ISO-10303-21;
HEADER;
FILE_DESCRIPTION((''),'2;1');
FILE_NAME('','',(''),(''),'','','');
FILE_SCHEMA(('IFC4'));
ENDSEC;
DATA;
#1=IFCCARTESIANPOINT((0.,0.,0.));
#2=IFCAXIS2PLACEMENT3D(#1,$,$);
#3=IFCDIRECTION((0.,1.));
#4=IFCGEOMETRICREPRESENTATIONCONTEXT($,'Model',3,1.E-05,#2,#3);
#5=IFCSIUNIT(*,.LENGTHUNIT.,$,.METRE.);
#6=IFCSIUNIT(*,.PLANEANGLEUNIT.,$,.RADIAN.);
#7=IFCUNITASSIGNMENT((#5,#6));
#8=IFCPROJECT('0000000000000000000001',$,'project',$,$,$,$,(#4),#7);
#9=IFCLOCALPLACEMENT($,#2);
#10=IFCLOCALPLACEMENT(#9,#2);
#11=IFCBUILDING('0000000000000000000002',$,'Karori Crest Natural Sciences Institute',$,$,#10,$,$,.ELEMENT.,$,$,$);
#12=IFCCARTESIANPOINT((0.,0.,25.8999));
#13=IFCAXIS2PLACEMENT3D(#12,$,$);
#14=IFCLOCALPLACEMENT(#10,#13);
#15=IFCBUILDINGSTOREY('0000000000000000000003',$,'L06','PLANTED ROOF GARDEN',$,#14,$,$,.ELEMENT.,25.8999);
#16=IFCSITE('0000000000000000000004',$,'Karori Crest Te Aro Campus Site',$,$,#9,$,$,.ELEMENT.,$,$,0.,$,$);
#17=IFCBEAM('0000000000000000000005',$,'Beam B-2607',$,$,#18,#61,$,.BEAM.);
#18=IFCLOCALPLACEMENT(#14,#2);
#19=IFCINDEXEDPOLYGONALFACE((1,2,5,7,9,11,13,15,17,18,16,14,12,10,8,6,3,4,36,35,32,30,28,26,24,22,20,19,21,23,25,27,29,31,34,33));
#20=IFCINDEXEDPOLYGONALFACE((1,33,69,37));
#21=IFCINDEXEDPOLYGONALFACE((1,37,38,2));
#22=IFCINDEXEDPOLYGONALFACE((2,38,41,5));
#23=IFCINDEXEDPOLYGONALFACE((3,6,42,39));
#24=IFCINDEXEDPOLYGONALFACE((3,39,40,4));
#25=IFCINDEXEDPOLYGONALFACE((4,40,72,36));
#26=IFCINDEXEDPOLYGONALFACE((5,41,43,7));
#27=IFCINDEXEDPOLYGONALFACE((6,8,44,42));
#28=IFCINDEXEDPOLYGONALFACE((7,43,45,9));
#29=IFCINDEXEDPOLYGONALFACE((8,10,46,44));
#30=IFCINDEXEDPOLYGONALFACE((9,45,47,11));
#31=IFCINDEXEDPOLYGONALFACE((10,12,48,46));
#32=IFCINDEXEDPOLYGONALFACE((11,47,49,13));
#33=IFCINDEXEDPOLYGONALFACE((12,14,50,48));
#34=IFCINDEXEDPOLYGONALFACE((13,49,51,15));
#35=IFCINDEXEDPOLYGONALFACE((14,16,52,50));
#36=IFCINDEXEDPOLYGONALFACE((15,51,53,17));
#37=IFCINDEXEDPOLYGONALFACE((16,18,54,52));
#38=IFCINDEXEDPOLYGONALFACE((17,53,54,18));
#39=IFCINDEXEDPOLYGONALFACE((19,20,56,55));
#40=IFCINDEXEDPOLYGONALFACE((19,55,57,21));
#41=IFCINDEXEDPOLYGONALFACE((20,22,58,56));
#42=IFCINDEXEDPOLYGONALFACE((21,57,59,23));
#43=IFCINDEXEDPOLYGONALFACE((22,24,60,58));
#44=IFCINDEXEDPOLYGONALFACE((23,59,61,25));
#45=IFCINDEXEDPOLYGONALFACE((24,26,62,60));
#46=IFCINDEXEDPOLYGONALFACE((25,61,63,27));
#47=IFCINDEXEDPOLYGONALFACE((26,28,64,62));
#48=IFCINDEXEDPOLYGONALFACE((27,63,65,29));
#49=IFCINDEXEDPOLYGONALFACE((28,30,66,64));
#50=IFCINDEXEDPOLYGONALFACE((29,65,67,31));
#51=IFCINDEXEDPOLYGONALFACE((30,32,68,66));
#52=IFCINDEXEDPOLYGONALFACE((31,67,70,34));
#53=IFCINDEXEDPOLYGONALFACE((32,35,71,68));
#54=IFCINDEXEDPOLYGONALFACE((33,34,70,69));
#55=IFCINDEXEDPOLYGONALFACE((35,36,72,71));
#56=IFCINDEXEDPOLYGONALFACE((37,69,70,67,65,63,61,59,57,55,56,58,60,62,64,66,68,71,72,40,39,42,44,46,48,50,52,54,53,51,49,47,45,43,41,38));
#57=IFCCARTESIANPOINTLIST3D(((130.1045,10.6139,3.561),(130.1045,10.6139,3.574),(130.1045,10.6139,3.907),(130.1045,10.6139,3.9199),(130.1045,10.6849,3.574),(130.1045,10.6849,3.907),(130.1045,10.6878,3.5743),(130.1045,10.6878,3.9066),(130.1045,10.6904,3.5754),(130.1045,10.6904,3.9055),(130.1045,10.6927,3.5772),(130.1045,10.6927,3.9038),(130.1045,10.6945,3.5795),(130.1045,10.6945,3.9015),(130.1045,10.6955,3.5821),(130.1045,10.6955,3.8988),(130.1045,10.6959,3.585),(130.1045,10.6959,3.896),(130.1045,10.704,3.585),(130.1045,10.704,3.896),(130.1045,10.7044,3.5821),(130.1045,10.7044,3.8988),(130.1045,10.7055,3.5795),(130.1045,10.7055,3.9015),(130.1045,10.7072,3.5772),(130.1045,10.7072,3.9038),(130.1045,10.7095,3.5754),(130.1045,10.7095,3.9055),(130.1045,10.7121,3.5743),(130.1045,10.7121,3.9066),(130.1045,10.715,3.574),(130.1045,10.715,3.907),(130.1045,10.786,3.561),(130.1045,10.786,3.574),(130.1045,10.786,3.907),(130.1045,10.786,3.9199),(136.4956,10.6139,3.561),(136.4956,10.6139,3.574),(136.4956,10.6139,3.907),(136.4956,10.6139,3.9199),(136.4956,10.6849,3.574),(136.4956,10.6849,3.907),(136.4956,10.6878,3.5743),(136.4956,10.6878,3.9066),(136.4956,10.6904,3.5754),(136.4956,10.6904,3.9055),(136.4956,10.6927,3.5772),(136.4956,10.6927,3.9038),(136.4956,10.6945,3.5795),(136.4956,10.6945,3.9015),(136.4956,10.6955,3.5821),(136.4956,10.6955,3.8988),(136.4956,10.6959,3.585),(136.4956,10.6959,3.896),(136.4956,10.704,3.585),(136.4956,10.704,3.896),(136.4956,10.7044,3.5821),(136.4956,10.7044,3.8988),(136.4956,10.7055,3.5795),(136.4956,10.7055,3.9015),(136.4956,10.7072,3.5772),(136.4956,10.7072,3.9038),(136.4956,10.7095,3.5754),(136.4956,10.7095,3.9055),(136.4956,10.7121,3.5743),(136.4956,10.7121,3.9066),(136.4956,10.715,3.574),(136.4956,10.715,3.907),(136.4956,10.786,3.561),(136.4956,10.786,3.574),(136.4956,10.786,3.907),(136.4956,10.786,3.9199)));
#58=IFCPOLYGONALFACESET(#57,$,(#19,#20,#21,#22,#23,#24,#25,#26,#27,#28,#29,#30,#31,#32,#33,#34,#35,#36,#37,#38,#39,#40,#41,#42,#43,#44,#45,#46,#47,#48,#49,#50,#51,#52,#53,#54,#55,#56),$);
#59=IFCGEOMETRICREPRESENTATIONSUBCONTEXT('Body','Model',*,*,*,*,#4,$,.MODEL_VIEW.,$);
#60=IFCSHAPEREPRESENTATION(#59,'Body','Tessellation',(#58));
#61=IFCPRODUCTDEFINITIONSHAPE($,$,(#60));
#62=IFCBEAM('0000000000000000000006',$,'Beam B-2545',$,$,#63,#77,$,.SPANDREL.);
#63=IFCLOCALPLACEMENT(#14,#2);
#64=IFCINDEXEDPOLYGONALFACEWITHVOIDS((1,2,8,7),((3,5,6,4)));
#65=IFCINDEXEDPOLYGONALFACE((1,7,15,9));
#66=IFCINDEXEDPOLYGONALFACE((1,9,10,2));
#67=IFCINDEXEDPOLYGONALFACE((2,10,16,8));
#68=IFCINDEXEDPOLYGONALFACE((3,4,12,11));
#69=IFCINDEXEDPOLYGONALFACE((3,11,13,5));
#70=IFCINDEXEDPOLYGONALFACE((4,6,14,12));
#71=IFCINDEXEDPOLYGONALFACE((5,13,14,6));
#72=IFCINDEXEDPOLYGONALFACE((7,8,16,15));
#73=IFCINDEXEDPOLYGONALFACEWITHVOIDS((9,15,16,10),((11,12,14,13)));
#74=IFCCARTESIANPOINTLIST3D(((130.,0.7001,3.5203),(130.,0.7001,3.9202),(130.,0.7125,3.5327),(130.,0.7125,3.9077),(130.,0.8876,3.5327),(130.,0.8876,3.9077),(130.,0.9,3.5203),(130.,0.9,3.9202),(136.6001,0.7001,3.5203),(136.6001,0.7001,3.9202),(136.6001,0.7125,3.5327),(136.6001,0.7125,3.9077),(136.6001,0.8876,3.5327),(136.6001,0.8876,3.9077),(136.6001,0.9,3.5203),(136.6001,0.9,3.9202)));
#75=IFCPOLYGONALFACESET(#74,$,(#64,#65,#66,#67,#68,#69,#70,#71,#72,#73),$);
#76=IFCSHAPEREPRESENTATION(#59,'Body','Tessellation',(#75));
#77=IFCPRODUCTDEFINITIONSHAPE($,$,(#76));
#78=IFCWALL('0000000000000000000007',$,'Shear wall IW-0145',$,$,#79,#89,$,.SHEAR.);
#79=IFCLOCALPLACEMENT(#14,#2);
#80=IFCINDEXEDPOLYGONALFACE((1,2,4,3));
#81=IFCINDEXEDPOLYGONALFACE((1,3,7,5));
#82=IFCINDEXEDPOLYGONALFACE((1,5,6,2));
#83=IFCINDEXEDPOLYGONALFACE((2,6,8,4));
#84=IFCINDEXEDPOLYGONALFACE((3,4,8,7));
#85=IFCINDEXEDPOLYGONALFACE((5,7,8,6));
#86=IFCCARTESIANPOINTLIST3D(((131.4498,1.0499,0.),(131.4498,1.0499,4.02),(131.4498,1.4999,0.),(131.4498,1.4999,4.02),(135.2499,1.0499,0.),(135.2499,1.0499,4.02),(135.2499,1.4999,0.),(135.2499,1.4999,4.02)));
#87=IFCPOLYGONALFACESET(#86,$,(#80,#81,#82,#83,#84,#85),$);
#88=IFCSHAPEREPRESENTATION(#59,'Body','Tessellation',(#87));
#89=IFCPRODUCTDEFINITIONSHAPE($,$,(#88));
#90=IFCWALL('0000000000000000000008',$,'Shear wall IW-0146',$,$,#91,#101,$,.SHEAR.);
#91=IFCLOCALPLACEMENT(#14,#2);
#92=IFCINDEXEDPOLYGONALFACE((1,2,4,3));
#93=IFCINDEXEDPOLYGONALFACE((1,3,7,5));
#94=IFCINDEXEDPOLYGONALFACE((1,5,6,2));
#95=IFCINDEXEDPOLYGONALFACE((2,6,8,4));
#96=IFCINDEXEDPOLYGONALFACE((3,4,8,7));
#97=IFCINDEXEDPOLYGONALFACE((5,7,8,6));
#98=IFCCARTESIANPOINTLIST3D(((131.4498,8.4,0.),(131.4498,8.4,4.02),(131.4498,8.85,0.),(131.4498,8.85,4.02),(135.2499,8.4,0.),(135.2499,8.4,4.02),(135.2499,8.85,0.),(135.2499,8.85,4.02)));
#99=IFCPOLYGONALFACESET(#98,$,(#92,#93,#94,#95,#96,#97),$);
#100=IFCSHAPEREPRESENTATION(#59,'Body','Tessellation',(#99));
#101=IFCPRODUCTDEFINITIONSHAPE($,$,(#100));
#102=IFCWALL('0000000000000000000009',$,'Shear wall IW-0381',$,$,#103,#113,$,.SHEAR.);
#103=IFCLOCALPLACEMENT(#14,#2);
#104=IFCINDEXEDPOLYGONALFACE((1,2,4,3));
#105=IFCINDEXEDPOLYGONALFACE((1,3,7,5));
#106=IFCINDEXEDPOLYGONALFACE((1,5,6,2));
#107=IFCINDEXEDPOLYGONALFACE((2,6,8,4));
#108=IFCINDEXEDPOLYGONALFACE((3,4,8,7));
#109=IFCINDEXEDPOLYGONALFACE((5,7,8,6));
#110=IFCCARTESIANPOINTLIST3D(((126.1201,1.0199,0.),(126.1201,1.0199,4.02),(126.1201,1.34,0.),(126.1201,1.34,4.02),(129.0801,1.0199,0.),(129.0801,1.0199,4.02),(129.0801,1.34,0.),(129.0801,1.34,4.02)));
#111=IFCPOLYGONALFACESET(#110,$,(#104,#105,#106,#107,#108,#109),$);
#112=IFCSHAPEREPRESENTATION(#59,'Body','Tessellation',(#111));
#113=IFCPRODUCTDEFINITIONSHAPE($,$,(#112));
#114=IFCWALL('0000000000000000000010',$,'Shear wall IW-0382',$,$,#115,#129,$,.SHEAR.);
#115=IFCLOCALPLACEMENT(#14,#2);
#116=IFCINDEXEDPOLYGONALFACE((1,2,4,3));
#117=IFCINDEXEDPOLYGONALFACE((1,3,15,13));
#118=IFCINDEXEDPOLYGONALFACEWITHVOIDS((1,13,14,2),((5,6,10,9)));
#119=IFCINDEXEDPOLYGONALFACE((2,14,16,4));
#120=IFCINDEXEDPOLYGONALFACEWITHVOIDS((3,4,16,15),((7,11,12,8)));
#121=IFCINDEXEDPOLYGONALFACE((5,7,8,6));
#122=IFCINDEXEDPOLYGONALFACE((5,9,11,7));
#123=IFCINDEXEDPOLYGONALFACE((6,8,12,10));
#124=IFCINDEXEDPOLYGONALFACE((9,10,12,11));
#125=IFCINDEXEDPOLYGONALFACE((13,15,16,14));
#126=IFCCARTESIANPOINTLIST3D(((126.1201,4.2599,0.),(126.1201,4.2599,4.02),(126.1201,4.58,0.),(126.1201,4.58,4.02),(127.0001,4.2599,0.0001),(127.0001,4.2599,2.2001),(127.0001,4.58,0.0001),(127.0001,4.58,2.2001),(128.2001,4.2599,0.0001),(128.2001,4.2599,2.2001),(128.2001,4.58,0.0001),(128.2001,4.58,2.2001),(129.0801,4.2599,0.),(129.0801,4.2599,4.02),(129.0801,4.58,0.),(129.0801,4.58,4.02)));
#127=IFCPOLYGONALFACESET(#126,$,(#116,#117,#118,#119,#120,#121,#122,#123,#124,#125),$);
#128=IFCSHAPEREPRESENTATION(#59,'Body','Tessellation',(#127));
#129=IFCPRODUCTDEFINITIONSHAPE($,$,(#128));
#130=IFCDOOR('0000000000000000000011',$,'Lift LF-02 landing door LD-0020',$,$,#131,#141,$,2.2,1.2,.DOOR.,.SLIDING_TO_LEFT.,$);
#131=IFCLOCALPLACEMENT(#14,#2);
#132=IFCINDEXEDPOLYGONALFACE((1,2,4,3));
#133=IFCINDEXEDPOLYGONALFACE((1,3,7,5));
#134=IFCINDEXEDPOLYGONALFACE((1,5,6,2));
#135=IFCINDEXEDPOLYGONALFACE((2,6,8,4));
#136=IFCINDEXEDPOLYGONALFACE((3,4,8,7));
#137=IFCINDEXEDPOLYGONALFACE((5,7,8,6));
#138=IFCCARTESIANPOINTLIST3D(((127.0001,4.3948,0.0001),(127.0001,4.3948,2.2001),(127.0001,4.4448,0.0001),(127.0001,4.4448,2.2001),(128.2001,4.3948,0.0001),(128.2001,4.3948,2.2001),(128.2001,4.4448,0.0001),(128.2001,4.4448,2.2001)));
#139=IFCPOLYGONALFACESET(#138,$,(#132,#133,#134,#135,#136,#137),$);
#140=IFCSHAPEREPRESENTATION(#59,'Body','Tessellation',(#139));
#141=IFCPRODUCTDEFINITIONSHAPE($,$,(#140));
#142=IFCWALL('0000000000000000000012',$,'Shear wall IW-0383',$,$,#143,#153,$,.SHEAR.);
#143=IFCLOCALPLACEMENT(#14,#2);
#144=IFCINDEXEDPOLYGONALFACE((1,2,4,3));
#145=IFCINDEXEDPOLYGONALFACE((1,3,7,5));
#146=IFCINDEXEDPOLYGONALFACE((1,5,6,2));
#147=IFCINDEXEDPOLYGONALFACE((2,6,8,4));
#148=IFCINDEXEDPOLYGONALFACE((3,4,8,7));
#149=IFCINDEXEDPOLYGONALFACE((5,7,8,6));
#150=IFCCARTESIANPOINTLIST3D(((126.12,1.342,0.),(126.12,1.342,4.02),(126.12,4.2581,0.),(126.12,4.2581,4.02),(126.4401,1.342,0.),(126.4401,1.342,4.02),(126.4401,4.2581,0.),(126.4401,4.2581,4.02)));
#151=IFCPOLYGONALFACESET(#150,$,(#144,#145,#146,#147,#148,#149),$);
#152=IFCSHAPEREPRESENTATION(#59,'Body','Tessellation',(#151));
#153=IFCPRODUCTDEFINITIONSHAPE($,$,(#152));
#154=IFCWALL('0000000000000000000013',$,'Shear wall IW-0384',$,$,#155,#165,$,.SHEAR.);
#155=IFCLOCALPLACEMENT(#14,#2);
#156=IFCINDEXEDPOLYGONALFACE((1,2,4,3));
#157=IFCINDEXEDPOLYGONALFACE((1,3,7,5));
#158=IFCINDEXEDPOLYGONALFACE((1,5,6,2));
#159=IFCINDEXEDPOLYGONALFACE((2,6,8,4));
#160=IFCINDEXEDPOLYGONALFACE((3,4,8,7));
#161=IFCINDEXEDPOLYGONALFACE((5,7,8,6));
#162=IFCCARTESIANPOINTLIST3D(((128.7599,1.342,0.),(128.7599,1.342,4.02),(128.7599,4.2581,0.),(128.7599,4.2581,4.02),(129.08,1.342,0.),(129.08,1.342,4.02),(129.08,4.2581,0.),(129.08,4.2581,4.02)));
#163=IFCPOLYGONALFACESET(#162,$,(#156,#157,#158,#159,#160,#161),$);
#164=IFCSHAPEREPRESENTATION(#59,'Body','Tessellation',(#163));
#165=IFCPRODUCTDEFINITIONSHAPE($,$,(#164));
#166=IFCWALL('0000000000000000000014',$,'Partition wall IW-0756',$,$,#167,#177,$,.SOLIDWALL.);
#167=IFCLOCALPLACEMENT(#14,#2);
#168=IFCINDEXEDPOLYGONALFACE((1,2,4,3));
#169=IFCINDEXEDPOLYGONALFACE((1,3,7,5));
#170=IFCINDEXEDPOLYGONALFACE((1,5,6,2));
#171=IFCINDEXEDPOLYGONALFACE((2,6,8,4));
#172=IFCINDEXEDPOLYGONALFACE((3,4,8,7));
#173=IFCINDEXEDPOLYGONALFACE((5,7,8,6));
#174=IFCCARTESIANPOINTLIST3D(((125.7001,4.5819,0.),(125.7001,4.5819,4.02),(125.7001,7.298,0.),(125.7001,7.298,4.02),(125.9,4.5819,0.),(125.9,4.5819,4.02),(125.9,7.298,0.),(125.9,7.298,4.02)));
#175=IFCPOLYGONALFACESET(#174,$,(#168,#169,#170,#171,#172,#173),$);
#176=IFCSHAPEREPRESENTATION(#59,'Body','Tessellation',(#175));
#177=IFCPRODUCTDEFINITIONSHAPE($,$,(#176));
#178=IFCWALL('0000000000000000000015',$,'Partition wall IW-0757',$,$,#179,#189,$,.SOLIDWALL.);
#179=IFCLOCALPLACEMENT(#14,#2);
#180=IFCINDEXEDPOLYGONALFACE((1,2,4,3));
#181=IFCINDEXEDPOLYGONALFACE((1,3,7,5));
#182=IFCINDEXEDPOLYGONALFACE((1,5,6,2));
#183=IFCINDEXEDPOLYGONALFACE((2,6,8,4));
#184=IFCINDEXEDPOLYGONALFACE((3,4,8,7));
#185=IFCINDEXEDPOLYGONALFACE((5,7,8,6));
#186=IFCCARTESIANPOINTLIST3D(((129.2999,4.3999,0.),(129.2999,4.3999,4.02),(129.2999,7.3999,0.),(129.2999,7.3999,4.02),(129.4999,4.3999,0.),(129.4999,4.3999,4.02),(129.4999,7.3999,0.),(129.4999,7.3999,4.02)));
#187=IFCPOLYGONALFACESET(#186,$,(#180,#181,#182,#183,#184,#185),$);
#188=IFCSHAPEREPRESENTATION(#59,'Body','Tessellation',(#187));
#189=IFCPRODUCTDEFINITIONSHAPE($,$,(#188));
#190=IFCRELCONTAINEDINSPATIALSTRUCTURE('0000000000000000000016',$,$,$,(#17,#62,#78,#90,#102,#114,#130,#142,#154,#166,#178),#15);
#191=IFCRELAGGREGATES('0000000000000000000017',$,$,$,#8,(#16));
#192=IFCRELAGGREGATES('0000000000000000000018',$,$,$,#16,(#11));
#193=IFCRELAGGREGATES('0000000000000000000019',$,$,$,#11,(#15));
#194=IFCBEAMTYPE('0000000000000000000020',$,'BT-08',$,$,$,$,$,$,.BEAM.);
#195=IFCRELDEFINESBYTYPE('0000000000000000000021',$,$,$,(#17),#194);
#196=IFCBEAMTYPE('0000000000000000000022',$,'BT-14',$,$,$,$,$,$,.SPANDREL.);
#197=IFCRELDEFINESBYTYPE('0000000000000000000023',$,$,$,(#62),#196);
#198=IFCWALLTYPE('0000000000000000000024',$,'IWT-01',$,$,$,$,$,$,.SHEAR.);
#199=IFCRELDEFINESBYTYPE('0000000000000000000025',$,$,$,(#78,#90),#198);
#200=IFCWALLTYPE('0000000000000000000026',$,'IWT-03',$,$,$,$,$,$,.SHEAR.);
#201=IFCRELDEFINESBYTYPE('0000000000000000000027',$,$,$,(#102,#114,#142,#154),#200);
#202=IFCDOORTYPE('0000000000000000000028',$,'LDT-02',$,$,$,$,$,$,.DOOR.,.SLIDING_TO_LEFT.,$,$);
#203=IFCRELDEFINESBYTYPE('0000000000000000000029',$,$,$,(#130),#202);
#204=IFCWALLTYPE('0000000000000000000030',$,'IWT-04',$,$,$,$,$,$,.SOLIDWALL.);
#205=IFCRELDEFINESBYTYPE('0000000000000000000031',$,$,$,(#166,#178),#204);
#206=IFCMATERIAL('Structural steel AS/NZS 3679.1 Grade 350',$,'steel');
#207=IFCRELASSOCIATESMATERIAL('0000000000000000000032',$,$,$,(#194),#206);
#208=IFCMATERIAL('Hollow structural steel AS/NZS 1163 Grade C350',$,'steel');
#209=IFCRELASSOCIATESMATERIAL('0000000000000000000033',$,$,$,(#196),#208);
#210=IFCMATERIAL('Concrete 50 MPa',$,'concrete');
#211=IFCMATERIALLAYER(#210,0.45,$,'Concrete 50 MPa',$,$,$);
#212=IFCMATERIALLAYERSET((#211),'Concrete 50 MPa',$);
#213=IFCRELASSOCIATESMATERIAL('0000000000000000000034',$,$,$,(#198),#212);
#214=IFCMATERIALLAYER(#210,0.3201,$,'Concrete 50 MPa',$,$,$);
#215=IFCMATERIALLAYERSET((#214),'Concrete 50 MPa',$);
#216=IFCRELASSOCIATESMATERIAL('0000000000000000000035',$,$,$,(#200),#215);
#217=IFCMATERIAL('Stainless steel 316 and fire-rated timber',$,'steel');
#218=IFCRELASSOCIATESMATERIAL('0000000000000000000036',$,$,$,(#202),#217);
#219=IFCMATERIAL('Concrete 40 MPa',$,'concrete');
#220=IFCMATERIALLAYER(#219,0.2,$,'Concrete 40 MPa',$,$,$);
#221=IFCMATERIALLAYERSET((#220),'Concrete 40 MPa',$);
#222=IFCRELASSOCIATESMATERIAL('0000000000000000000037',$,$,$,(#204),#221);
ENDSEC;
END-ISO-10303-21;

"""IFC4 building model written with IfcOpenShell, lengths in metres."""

from ifc_helpers import new_model, si_unit, direction, frame, frame_2d, origin, origin_2d, place, context, subcontext, project, spatial, rectangle, hollow_rectangle, i_section, extrude, material, layer, layer_set, material_profile, profile_set, type_object, element, fill, save


model = new_model("IFC4")

# Units and contexts
model_context = context("Model", 3, precision=1e-05, world=origin(), true_north=direction((0.0, 1.0)))
body_context = subcontext(model_context, "Body", "Model", "MODEL_VIEW")
ifc_project = project(units=[si_unit("LENGTHUNIT", "METRE"), si_unit("PLANEANGLEUNIT", "RADIAN")], contexts=[model_context])

# Site, building, storey
site_placement = place(None, origin())
site = spatial("IfcSite", under=ifc_project, at=site_placement, Name="Karori Crest Te Aro Campus Site", CompositionType="ELEMENT", RefElevation=0.0)
building_placement = place(site_placement, origin())
building = spatial("IfcBuilding", under=site, at=building_placement, Name="Karori Crest Natural Sciences Institute", CompositionType="ELEMENT")
storey_placement = place(building_placement, frame((0.0, 0.0, 25.8999)))
storey = spatial("IfcBuildingStorey", under=building, at=storey_placement, Name="L06", Description="PLANTED ROOF GARDEN", CompositionType="ELEMENT", Elevation=25.8999)

# Shared definitions
ifc_material_1 = material(Name="Structural steel AS/NZS 3679.1 Grade 350", Category="steel")

# Beams
ifc_material_profile_1 = material_profile(ifc_material_1, i_section(OverallWidth=0.1721, OverallDepth=0.3589, WebThickness=0.0081, FlangeThickness=0.0129, FilletRadius=0.011, at=origin_2d()), Name="360UB56.7")
ifc_profile_set_1 = profile_set([ifc_material_profile_1], Name="Structural steel AS/NZS 3679.1 Grade 350")
beam_type_1 = type_object("IfcBeamType", Name="BT-08", PredefinedType="BEAM", material=ifc_profile_set_1)
beam_1_placement = place(storey_placement, frame((130.1045, 10.7, 3.7405), z_axis=(1.0, 0.0, 0.0), x_axis=(0.0, 1.0, 0.0)))
element("IfcBeam", 1, at=beam_1_placement, inside=storey, type_object=beam_type_1, Name="Beam B-2607", PredefinedType="BEAM", context=body_context, shape_type="SweptSolid", body=[
    extrude(i_section(OverallWidth=0.1721, OverallDepth=0.3589, WebThickness=0.0081, FlangeThickness=0.0129, FilletRadius=0.011, at=origin_2d()), origin(), (0.0, 0.0, 1.0), 6.3911),
])
ifc_material_2 = material(Name="Hollow structural steel AS/NZS 1163 Grade C350", Category="steel")
ifc_material_profile_2 = material_profile(ifc_material_2, hollow_rectangle(XDim=0.2, YDim=0.3999, WallThickness=0.0125, at=origin_2d()), Name="RHS400x200x12.5")
ifc_profile_set_2 = profile_set([ifc_material_profile_2], Name="Hollow structural steel AS/NZS 1163 Grade C350")
beam_type_2 = type_object("IfcBeamType", Name="BT-14", PredefinedType="SPANDREL", material=ifc_profile_set_2)
beam_2_placement = place(storey_placement, frame((130.0, 0.8, 3.7202), z_axis=(1.0, 0.0, 0.0), x_axis=(0.0, 1.0, 0.0)))
element("IfcBeam", 2, at=beam_2_placement, inside=storey, type_object=beam_type_2, Name="Beam B-2545", PredefinedType="SPANDREL", context=body_context, shape_type="SweptSolid", body=[
    extrude(hollow_rectangle(XDim=0.2, YDim=0.3999, WallThickness=0.0125, at=origin_2d()), origin(), (0.0, 0.0, 1.0), 6.6001),
])

# Walls
ifc_material_3 = material(Name="Concrete 50 MPa", Category="concrete")
ifc_layer_1 = layer(ifc_material_3, 0.45, Name="Concrete 50 MPa")
ifc_layer_set_1 = layer_set([ifc_layer_1], Name="Concrete 50 MPa")
wall_type_1 = type_object("IfcWallType", Name="IWT-01", PredefinedType="SHEAR", material=ifc_layer_set_1)
for number, where, z_axis, x_axis, name in (
    (3, (131.45, 1.2749, 0.0), (0.0, 0.0, 1.0), (1.0, 0.0, 0.0), "Shear wall IW-0145"),
    (4, (131.45, 8.625, 0.0), (0.0, 0.0, 1.0), (1.0, 0.0, 0.0), "Shear wall IW-0146"),
):
    element("IfcWall", number, at=place(storey_placement, frame(where, z_axis=z_axis, x_axis=x_axis)), inside=storey, type_object=wall_type_1, Name=name, PredefinedType="SHEAR", context=body_context, shape_type="SweptSolid", body=[
        extrude(rectangle(XDim=3.8, YDim=0.45, at=frame_2d((1.8999, 0.0))), origin(), (0.0, 0.0, 1.0), 4.02),
    ])

# Shared definitions
ifc_material_4 = material(Name="Stainless steel 316 and fire-rated timber", Category="steel")

# Wall
ifc_layer_2 = layer(ifc_material_3, 0.3201, Name="Concrete 50 MPa")
ifc_layer_set_2 = layer_set([ifc_layer_2], Name="Concrete 50 MPa")
wall_type_2 = type_object("IfcWallType", Name="IWT-03", PredefinedType="SHEAR", material=ifc_layer_set_2)
wall_1_placement = place(storey_placement, frame((126.1201, 1.1799, 0.0), z_axis=(0.0, 0.0, 1.0), x_axis=(1.0, 0.0, 0.0)))
element("IfcWall", 5, at=wall_1_placement, inside=storey, type_object=wall_type_2, Name="Shear wall IW-0381", PredefinedType="SHEAR", context=body_context, shape_type="SweptSolid", body=[
    extrude(rectangle(XDim=2.96, YDim=0.3201, at=frame_2d((1.48, 0.0))), origin(), (0.0, 0.0, 1.0), 4.02),
])

# Wall, opening, door
wall_2_placement = place(storey_placement, frame((126.1201, 4.4199, 0.0), z_axis=(0.0, 0.0, 1.0), x_axis=(1.0, 0.0, 0.0)))
wall_2 = element("IfcWall", 6, at=wall_2_placement, inside=storey, type_object=wall_type_2, Name="Shear wall IW-0382", PredefinedType="SHEAR", context=body_context, shape_type="SweptSolid", body=[
    extrude(rectangle(XDim=2.96, YDim=0.3201, at=frame_2d((1.48, 0.0))), origin(), (0.0, 0.0, 1.0), 4.02),
])
opening_1_placement = place(wall_2_placement, frame((0.8799, 0.0, 0.0)))
opening_1 = element("IfcOpeningElement", 7, at=opening_1_placement, cuts=wall_2, PredefinedType="OPENING", context=body_context, shape_type="SweptSolid", body=[
    extrude(rectangle(XDim=1.2, YDim=2.2, at=frame_2d((0.6001, 1.1001))), frame((0.0, 0.1699, 0.0), z_axis=(0.0, -1.0, 0.0), x_axis=(1.0, 0.0, 0.0)), (0.0, 0.0, 1.0), 0.3401),
])
door_type_1 = type_object("IfcDoorType", Name="LDT-02", OperationType="SLIDING_TO_LEFT", PredefinedType="DOOR", material=ifc_material_4)
door_1_placement = place(opening_1_placement, origin())
door_1 = element("IfcDoor", 8, at=door_1_placement, inside=storey, type_object=door_type_1, Name="Lift LF-02 landing door LD-0020", OperationType="SLIDING_TO_LEFT", OverallHeight=2.2, OverallWidth=1.2, PredefinedType="DOOR", context=body_context, shape_type="SweptSolid", body=[
    extrude(rectangle(XDim=1.2, YDim=2.2, at=frame_2d((0.6001, 1.1001))), frame((0.0, 0.0249, 0.0), z_axis=(0.0, -1.0, 0.0), x_axis=(1.0, 0.0, 0.0)), (0.0, 0.0, 1.0), 0.05),
])
fill(opening_1, door_1)

# Walls
for number, where, z_axis, x_axis, name in (
    (9, (126.28, 1.342, 0.0), (0.0, 0.0, 1.0), (0.0, 1.0, 0.0), "Shear wall IW-0383"),
    (10, (128.9199, 1.342, 0.0), (0.0, 0.0, 1.0), (0.0, 1.0, 0.0), "Shear wall IW-0384"),
):
    element("IfcWall", number, at=place(storey_placement, frame(where, z_axis=z_axis, x_axis=x_axis)), inside=storey, type_object=wall_type_2, Name=name, PredefinedType="SHEAR", context=body_context, shape_type="SweptSolid", body=[
        extrude(rectangle(XDim=2.916, YDim=0.3201, at=frame_2d((1.458, 0.0))), origin(), (0.0, 0.0, 1.0), 4.02),
    ])

# Shared definitions
ifc_material_5 = material(Name="Concrete 40 MPa", Category="concrete")
ifc_layer_3 = layer(ifc_material_5, 0.2, Name="Concrete 40 MPa")
ifc_layer_set_3 = layer_set([ifc_layer_3], Name="Concrete 40 MPa")
wall_type_3 = type_object("IfcWallType", Name="IWT-04", PredefinedType="SOLIDWALL", material=ifc_layer_set_3)

# Walls
wall_3_placement = place(storey_placement, frame((125.8, 4.582, 0.0), z_axis=(0.0, 0.0, 1.0), x_axis=(0.0, 1.0, 0.0)))
element("IfcWall", 11, at=wall_3_placement, inside=storey, type_object=wall_type_3, Name="Partition wall IW-0756", PredefinedType="SOLIDWALL", context=body_context, shape_type="SweptSolid", body=[
    extrude(rectangle(XDim=2.7161, YDim=0.2, at=frame_2d((1.3579, 0.0))), origin(), (0.0, 0.0, 1.0), 4.02),
])
wall_4_placement = place(storey_placement, frame((129.3999, 4.3999, 0.0), z_axis=(0.0, 0.0, 1.0), x_axis=(0.0, 1.0, 0.0)))
element("IfcWall", 12, at=wall_4_placement, inside=storey, type_object=wall_type_3, Name="Partition wall IW-0757", PredefinedType="SOLIDWALL", context=body_context, shape_type="SweptSolid", body=[
    extrude(rectangle(XDim=3.0, YDim=0.2, at=frame_2d((1.5, 0.0))), origin(), (0.0, 0.0, 1.0), 4.02),
])

save(model, "model.ifc")
